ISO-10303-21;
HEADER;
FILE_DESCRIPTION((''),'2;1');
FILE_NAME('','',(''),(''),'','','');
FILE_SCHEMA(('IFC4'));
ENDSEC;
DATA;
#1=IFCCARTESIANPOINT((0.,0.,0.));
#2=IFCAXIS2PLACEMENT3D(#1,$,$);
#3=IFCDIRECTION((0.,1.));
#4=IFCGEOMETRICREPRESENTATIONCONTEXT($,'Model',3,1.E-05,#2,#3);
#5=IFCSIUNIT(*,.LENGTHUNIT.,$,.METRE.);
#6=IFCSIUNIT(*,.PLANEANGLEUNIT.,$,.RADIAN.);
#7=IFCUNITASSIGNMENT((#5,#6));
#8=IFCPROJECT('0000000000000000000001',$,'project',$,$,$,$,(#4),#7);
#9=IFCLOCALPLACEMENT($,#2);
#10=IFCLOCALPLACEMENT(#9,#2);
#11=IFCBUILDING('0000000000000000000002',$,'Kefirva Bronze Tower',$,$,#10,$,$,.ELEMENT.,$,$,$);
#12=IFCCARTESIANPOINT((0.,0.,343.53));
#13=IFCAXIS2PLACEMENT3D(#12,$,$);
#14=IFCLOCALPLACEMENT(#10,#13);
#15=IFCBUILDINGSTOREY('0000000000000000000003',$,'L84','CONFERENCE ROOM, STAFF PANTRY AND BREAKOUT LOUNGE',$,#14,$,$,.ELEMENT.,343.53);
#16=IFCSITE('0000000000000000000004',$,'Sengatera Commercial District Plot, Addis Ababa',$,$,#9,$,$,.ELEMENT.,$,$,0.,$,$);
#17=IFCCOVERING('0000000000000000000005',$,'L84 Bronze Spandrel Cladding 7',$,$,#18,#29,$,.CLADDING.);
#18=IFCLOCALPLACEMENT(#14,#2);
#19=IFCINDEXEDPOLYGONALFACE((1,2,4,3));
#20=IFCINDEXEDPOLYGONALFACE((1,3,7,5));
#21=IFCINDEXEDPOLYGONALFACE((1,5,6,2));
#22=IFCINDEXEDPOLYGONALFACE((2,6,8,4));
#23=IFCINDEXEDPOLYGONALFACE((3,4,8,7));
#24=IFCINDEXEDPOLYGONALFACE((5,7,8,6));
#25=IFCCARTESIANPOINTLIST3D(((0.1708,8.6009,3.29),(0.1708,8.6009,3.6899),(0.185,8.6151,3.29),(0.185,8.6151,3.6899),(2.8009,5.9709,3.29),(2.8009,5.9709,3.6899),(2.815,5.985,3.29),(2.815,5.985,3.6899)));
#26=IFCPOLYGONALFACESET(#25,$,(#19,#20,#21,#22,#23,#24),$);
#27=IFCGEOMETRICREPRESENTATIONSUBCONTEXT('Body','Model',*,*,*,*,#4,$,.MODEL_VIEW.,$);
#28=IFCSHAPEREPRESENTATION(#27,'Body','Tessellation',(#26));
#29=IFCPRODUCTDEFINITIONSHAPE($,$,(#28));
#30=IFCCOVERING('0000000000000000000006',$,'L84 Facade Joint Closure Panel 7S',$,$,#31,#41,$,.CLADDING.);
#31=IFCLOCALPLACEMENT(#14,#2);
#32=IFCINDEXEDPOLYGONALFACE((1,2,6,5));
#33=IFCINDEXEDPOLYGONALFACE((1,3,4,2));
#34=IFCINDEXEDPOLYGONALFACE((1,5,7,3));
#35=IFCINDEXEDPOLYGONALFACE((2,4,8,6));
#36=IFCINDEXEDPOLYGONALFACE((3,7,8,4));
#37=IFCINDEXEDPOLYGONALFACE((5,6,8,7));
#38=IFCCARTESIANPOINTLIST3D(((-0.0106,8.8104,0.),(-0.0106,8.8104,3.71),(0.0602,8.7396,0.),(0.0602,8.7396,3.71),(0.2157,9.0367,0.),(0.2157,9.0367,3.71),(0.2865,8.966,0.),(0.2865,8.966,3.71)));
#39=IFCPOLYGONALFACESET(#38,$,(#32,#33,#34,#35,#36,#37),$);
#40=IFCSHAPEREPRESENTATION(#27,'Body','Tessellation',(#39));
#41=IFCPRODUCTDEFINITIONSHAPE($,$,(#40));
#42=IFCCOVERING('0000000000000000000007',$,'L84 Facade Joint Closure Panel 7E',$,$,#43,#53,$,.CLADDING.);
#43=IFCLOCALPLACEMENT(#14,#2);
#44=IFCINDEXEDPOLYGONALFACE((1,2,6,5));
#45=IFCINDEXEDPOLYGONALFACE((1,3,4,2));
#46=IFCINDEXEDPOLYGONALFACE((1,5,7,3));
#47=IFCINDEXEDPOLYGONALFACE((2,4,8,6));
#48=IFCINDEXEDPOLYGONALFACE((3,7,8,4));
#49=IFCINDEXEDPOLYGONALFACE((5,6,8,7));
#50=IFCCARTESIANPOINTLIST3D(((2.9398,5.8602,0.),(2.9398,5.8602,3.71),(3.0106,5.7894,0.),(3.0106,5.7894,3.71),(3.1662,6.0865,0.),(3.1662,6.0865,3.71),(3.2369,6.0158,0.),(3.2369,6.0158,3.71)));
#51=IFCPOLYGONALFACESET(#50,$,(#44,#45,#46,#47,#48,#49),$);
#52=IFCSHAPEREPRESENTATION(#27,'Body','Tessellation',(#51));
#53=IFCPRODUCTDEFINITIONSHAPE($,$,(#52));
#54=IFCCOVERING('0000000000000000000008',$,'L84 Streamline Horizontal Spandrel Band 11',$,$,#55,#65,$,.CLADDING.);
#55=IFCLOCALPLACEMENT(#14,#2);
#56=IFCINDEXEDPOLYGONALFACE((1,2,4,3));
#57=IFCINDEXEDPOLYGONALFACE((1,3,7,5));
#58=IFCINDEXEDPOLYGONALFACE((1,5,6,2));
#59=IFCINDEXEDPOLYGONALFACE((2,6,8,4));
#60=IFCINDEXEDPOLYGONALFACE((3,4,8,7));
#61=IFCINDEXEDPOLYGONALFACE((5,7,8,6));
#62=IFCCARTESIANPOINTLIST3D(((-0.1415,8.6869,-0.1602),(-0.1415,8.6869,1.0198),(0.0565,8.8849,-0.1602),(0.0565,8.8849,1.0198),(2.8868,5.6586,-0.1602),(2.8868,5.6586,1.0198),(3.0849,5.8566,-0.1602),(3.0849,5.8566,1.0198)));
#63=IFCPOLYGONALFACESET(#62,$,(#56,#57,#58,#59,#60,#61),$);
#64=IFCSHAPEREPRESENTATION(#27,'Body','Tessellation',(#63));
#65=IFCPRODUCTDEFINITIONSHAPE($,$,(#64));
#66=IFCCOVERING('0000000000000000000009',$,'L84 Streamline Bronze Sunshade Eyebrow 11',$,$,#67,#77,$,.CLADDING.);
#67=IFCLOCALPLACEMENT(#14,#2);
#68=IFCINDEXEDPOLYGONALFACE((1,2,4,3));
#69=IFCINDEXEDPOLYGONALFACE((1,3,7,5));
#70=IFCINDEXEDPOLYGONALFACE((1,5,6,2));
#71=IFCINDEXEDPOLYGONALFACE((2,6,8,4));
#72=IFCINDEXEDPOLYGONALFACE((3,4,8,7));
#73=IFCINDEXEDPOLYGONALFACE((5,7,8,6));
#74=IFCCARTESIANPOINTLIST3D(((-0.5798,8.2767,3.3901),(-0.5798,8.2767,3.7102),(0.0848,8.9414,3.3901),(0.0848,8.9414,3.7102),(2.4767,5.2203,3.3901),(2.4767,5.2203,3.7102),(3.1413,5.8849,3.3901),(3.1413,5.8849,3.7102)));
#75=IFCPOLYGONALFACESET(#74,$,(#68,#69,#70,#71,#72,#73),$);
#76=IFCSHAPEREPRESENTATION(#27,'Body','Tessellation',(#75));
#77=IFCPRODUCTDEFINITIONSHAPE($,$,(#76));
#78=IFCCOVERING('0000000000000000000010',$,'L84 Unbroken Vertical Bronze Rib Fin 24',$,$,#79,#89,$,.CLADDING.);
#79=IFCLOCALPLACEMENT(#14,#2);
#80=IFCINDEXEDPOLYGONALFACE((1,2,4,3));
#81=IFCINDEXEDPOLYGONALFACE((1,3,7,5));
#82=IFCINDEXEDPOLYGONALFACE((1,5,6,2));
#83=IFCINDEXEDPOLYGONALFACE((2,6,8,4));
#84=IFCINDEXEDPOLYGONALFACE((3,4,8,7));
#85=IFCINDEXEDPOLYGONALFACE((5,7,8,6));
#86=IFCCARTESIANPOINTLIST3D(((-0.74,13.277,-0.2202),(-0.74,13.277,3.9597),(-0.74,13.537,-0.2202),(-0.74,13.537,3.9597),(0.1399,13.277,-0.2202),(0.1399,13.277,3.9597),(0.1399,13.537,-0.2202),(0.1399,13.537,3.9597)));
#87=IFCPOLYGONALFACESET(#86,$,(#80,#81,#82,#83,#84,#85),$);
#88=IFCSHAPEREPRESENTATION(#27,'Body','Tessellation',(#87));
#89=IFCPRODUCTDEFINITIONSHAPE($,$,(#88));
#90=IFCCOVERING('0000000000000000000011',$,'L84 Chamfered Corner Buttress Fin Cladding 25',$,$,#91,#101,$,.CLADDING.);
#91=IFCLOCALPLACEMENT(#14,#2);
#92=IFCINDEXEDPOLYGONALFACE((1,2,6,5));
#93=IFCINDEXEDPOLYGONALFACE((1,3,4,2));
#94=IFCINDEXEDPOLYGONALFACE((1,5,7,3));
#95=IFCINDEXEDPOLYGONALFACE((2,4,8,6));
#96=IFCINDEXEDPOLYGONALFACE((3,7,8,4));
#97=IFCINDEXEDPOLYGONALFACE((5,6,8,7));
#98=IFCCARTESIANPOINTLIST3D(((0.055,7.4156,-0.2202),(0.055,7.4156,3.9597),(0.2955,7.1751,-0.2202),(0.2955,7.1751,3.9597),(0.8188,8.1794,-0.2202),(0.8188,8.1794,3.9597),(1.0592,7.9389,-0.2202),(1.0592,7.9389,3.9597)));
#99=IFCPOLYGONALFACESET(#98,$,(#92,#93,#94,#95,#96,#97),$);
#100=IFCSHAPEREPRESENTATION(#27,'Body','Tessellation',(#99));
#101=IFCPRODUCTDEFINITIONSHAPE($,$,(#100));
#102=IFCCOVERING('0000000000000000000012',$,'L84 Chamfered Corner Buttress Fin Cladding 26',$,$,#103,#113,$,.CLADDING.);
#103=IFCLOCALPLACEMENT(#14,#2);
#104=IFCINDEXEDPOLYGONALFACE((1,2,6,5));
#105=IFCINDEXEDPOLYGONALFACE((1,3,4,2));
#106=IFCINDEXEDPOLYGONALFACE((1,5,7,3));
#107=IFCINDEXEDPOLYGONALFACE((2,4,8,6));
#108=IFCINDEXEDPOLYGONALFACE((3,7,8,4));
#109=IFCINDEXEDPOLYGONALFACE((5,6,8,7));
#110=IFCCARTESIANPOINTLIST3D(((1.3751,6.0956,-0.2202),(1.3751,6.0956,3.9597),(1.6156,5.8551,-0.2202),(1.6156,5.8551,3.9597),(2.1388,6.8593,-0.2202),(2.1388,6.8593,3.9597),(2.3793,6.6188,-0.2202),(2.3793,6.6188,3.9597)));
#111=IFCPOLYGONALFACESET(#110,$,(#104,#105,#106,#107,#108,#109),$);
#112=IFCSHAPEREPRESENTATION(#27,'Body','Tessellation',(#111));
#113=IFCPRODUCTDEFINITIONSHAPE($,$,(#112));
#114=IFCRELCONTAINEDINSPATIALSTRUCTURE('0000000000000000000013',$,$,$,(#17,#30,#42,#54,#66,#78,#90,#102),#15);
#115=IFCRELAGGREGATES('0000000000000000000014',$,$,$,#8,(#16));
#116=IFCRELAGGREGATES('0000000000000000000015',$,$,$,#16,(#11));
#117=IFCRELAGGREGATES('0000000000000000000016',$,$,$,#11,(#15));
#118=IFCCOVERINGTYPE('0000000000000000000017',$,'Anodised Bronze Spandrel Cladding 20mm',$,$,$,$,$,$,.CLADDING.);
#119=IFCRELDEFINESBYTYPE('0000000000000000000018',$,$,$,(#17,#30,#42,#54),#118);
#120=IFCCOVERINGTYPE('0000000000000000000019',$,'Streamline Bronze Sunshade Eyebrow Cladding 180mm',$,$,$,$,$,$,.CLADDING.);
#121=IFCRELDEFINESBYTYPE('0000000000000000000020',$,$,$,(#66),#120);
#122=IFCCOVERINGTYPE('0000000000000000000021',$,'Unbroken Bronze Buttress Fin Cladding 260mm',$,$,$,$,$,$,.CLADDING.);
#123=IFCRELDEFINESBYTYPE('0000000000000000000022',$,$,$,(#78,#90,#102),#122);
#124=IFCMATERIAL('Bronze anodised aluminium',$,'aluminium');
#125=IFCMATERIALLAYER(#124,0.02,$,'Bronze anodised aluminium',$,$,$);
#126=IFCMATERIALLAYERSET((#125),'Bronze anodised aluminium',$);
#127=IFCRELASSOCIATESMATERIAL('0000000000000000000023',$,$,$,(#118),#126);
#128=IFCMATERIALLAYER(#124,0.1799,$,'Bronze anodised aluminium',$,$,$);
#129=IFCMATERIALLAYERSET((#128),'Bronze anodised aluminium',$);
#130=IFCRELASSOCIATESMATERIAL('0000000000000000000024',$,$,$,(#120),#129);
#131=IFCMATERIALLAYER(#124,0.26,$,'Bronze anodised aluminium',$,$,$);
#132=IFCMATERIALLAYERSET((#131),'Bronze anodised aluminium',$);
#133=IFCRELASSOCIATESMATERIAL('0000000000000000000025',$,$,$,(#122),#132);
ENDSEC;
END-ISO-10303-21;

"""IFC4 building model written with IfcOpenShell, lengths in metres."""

from ifc_helpers import new_model, si_unit, direction, frame, origin, origin_2d, place, context, subcontext, project, spatial, rectangle, extrude, material, layer, layer_set, type_object, element, save


model = new_model("IFC4")

# Units and contexts
model_context = context("Model", 3, precision=1e-05, world=origin(), true_north=direction((0.0, 1.0)))
body_context = subcontext(model_context, "Body", "Model", "MODEL_VIEW")
ifc_project = project(units=[si_unit("LENGTHUNIT", "METRE"), si_unit("PLANEANGLEUNIT", "RADIAN")], contexts=[model_context])

# Site, building, storey
site_placement = place(None, origin())
site = spatial("IfcSite", under=ifc_project, at=site_placement, Name="Sengatera Commercial District Plot, Addis Ababa", CompositionType="ELEMENT", RefElevation=0.0)
building_placement = place(site_placement, origin())
building = spatial("IfcBuilding", under=site, at=building_placement, Name="Kefirva Bronze Tower", CompositionType="ELEMENT")
storey_placement = place(building_placement, frame((0.0, 0.0, 343.53)))
storey = spatial("IfcBuildingStorey", under=building, at=storey_placement, Name="L84", Description="CONFERENCE ROOM, STAFF PANTRY AND BREAKOUT LOUNGE", CompositionType="ELEMENT", Elevation=343.53)

# Shared definitions
ifc_material_1 = material(Name="Bronze anodised aluminium", Category="aluminium")

# Coverings
ifc_layer_1 = layer(ifc_material_1, 0.02, Name="Bronze anodised aluminium")
ifc_layer_set_1 = layer_set([ifc_layer_1], Name="Bronze anodised aluminium")
covering_type_1 = type_object("IfcCoveringType", Name="Anodised Bronze Spandrel Cladding 20mm", PredefinedType="CLADDING", material=ifc_layer_set_1)
covering_1_placement = place(storey_placement, frame((1.4929, 7.293, 3.29), z_axis=(0.0, 0.0, 1.0), x_axis=(0.707107, -0.707107, 0.0)))
element("IfcCovering", 1, at=covering_1_placement, inside=storey, type_object=covering_type_1, Name="L84 Bronze Spandrel Cladding 7", PredefinedType="CLADDING", context=body_context, shape_type="SweptSolid", body=[
    extrude(rectangle(XDim=3.7195, YDim=0.02, at=origin_2d()), origin(), (0.0, 0.0, 1.0), 0.3999),
])
for number, where, z_axis, x_axis, name in (
    (2, (0.1379, 8.8882, 0.0), (0.0, 0.0, 1.0), (0.707107, -0.707107, 0.0), "L84 Facade Joint Closure Panel 7S"),
    (3, (3.0884, 5.938, 0.0), (0.0, 0.0, 1.0), (0.707107, -0.707107, 0.0), "L84 Facade Joint Closure Panel 7E"),
):
    element("IfcCovering", number, at=place(storey_placement, frame(where, z_axis=z_axis, x_axis=x_axis)), inside=storey, type_object=covering_type_1, Name=name, PredefinedType="CLADDING", context=body_context, shape_type="SweptSolid", body=[
        extrude(rectangle(XDim=0.1001, YDim=0.3201, at=origin_2d()), origin(), (0.0, 0.0, 1.0), 3.71),
    ])
covering_2_placement = place(storey_placement, frame((1.4717, 7.2717, -0.1602), z_axis=(0.0, 0.0, 1.0), x_axis=(0.707107, -0.707107, 0.0)))
element("IfcCovering", 4, at=covering_2_placement, inside=storey, type_object=covering_type_1, Name="L84 Streamline Horizontal Spandrel Band 11", PredefinedType="CLADDING", context=body_context, shape_type="SweptSolid", body=[
    extrude(rectangle(XDim=4.2827, YDim=0.28, at=origin_2d()), origin(), (0.0, 0.0, 1.0), 1.1799),
])
ifc_layer_2 = layer(ifc_material_1, 0.1799, Name="Bronze anodised aluminium")
ifc_layer_set_2 = layer_set([ifc_layer_2], Name="Bronze anodised aluminium")
covering_type_2 = type_object("IfcCoveringType", Name="Streamline Bronze Sunshade Eyebrow Cladding 180mm", PredefinedType="CLADDING", material=ifc_layer_set_2)
covering_3_placement = place(storey_placement, frame((1.2808, 7.0808, 3.3901), z_axis=(0.0, 0.0, 1.0), x_axis=(0.707107, -0.707107, 0.0)))
element("IfcCovering", 5, at=covering_3_placement, inside=storey, type_object=covering_type_2, Name="L84 Streamline Bronze Sunshade Eyebrow 11", PredefinedType="CLADDING", context=body_context, shape_type="SweptSolid", body=[
    extrude(rectangle(XDim=4.3225, YDim=0.9399, at=origin_2d()), origin(), (0.0, 0.0, 1.0), 0.3201),
])
ifc_layer_3 = layer(ifc_material_1, 0.26, Name="Bronze anodised aluminium")
ifc_layer_set_3 = layer_set([ifc_layer_3], Name="Bronze anodised aluminium")
covering_type_3 = type_object("IfcCoveringType", Name="Unbroken Bronze Buttress Fin Cladding 260mm", PredefinedType="CLADDING", material=ifc_layer_set_3)
covering_4_placement = place(storey_placement, frame((-0.3, 13.407, -0.2202), z_axis=(0.0, 0.0, 1.0), x_axis=(0.0, -1.0, 0.0)))
element("IfcCovering", 6, at=covering_4_placement, inside=storey, type_object=covering_type_3, Name="L84 Unbroken Vertical Bronze Rib Fin 24", PredefinedType="CLADDING", context=body_context, shape_type="SweptSolid", body=[
    extrude(rectangle(XDim=0.26, YDim=0.8799, at=origin_2d()), origin(), (0.0, 0.0, 1.0), 4.1799),
])
for number, where, z_axis, x_axis, name in (
    (7, (0.5571, 7.6772, -0.2202), (0.0, 0.0, 1.0), (0.707107, -0.707107, 0.0), "L84 Chamfered Corner Buttress Fin Cladding 25"),
    (8, (1.8772, 6.3572, -0.2202), (0.0, 0.0, 1.0), (0.707107, -0.707107, 0.0), "L84 Chamfered Corner Buttress Fin Cladding 26"),
):
    element("IfcCovering", number, at=place(storey_placement, frame(where, z_axis=z_axis, x_axis=x_axis)), inside=storey, type_object=covering_type_3, Name=name, PredefinedType="CLADDING", context=body_context, shape_type="SweptSolid", body=[
        extrude(rectangle(XDim=0.3401, YDim=1.0801, at=origin_2d()), origin(), (0.0, 0.0, 1.0), 4.1799),
    ])

save(model, "model.ifc")
